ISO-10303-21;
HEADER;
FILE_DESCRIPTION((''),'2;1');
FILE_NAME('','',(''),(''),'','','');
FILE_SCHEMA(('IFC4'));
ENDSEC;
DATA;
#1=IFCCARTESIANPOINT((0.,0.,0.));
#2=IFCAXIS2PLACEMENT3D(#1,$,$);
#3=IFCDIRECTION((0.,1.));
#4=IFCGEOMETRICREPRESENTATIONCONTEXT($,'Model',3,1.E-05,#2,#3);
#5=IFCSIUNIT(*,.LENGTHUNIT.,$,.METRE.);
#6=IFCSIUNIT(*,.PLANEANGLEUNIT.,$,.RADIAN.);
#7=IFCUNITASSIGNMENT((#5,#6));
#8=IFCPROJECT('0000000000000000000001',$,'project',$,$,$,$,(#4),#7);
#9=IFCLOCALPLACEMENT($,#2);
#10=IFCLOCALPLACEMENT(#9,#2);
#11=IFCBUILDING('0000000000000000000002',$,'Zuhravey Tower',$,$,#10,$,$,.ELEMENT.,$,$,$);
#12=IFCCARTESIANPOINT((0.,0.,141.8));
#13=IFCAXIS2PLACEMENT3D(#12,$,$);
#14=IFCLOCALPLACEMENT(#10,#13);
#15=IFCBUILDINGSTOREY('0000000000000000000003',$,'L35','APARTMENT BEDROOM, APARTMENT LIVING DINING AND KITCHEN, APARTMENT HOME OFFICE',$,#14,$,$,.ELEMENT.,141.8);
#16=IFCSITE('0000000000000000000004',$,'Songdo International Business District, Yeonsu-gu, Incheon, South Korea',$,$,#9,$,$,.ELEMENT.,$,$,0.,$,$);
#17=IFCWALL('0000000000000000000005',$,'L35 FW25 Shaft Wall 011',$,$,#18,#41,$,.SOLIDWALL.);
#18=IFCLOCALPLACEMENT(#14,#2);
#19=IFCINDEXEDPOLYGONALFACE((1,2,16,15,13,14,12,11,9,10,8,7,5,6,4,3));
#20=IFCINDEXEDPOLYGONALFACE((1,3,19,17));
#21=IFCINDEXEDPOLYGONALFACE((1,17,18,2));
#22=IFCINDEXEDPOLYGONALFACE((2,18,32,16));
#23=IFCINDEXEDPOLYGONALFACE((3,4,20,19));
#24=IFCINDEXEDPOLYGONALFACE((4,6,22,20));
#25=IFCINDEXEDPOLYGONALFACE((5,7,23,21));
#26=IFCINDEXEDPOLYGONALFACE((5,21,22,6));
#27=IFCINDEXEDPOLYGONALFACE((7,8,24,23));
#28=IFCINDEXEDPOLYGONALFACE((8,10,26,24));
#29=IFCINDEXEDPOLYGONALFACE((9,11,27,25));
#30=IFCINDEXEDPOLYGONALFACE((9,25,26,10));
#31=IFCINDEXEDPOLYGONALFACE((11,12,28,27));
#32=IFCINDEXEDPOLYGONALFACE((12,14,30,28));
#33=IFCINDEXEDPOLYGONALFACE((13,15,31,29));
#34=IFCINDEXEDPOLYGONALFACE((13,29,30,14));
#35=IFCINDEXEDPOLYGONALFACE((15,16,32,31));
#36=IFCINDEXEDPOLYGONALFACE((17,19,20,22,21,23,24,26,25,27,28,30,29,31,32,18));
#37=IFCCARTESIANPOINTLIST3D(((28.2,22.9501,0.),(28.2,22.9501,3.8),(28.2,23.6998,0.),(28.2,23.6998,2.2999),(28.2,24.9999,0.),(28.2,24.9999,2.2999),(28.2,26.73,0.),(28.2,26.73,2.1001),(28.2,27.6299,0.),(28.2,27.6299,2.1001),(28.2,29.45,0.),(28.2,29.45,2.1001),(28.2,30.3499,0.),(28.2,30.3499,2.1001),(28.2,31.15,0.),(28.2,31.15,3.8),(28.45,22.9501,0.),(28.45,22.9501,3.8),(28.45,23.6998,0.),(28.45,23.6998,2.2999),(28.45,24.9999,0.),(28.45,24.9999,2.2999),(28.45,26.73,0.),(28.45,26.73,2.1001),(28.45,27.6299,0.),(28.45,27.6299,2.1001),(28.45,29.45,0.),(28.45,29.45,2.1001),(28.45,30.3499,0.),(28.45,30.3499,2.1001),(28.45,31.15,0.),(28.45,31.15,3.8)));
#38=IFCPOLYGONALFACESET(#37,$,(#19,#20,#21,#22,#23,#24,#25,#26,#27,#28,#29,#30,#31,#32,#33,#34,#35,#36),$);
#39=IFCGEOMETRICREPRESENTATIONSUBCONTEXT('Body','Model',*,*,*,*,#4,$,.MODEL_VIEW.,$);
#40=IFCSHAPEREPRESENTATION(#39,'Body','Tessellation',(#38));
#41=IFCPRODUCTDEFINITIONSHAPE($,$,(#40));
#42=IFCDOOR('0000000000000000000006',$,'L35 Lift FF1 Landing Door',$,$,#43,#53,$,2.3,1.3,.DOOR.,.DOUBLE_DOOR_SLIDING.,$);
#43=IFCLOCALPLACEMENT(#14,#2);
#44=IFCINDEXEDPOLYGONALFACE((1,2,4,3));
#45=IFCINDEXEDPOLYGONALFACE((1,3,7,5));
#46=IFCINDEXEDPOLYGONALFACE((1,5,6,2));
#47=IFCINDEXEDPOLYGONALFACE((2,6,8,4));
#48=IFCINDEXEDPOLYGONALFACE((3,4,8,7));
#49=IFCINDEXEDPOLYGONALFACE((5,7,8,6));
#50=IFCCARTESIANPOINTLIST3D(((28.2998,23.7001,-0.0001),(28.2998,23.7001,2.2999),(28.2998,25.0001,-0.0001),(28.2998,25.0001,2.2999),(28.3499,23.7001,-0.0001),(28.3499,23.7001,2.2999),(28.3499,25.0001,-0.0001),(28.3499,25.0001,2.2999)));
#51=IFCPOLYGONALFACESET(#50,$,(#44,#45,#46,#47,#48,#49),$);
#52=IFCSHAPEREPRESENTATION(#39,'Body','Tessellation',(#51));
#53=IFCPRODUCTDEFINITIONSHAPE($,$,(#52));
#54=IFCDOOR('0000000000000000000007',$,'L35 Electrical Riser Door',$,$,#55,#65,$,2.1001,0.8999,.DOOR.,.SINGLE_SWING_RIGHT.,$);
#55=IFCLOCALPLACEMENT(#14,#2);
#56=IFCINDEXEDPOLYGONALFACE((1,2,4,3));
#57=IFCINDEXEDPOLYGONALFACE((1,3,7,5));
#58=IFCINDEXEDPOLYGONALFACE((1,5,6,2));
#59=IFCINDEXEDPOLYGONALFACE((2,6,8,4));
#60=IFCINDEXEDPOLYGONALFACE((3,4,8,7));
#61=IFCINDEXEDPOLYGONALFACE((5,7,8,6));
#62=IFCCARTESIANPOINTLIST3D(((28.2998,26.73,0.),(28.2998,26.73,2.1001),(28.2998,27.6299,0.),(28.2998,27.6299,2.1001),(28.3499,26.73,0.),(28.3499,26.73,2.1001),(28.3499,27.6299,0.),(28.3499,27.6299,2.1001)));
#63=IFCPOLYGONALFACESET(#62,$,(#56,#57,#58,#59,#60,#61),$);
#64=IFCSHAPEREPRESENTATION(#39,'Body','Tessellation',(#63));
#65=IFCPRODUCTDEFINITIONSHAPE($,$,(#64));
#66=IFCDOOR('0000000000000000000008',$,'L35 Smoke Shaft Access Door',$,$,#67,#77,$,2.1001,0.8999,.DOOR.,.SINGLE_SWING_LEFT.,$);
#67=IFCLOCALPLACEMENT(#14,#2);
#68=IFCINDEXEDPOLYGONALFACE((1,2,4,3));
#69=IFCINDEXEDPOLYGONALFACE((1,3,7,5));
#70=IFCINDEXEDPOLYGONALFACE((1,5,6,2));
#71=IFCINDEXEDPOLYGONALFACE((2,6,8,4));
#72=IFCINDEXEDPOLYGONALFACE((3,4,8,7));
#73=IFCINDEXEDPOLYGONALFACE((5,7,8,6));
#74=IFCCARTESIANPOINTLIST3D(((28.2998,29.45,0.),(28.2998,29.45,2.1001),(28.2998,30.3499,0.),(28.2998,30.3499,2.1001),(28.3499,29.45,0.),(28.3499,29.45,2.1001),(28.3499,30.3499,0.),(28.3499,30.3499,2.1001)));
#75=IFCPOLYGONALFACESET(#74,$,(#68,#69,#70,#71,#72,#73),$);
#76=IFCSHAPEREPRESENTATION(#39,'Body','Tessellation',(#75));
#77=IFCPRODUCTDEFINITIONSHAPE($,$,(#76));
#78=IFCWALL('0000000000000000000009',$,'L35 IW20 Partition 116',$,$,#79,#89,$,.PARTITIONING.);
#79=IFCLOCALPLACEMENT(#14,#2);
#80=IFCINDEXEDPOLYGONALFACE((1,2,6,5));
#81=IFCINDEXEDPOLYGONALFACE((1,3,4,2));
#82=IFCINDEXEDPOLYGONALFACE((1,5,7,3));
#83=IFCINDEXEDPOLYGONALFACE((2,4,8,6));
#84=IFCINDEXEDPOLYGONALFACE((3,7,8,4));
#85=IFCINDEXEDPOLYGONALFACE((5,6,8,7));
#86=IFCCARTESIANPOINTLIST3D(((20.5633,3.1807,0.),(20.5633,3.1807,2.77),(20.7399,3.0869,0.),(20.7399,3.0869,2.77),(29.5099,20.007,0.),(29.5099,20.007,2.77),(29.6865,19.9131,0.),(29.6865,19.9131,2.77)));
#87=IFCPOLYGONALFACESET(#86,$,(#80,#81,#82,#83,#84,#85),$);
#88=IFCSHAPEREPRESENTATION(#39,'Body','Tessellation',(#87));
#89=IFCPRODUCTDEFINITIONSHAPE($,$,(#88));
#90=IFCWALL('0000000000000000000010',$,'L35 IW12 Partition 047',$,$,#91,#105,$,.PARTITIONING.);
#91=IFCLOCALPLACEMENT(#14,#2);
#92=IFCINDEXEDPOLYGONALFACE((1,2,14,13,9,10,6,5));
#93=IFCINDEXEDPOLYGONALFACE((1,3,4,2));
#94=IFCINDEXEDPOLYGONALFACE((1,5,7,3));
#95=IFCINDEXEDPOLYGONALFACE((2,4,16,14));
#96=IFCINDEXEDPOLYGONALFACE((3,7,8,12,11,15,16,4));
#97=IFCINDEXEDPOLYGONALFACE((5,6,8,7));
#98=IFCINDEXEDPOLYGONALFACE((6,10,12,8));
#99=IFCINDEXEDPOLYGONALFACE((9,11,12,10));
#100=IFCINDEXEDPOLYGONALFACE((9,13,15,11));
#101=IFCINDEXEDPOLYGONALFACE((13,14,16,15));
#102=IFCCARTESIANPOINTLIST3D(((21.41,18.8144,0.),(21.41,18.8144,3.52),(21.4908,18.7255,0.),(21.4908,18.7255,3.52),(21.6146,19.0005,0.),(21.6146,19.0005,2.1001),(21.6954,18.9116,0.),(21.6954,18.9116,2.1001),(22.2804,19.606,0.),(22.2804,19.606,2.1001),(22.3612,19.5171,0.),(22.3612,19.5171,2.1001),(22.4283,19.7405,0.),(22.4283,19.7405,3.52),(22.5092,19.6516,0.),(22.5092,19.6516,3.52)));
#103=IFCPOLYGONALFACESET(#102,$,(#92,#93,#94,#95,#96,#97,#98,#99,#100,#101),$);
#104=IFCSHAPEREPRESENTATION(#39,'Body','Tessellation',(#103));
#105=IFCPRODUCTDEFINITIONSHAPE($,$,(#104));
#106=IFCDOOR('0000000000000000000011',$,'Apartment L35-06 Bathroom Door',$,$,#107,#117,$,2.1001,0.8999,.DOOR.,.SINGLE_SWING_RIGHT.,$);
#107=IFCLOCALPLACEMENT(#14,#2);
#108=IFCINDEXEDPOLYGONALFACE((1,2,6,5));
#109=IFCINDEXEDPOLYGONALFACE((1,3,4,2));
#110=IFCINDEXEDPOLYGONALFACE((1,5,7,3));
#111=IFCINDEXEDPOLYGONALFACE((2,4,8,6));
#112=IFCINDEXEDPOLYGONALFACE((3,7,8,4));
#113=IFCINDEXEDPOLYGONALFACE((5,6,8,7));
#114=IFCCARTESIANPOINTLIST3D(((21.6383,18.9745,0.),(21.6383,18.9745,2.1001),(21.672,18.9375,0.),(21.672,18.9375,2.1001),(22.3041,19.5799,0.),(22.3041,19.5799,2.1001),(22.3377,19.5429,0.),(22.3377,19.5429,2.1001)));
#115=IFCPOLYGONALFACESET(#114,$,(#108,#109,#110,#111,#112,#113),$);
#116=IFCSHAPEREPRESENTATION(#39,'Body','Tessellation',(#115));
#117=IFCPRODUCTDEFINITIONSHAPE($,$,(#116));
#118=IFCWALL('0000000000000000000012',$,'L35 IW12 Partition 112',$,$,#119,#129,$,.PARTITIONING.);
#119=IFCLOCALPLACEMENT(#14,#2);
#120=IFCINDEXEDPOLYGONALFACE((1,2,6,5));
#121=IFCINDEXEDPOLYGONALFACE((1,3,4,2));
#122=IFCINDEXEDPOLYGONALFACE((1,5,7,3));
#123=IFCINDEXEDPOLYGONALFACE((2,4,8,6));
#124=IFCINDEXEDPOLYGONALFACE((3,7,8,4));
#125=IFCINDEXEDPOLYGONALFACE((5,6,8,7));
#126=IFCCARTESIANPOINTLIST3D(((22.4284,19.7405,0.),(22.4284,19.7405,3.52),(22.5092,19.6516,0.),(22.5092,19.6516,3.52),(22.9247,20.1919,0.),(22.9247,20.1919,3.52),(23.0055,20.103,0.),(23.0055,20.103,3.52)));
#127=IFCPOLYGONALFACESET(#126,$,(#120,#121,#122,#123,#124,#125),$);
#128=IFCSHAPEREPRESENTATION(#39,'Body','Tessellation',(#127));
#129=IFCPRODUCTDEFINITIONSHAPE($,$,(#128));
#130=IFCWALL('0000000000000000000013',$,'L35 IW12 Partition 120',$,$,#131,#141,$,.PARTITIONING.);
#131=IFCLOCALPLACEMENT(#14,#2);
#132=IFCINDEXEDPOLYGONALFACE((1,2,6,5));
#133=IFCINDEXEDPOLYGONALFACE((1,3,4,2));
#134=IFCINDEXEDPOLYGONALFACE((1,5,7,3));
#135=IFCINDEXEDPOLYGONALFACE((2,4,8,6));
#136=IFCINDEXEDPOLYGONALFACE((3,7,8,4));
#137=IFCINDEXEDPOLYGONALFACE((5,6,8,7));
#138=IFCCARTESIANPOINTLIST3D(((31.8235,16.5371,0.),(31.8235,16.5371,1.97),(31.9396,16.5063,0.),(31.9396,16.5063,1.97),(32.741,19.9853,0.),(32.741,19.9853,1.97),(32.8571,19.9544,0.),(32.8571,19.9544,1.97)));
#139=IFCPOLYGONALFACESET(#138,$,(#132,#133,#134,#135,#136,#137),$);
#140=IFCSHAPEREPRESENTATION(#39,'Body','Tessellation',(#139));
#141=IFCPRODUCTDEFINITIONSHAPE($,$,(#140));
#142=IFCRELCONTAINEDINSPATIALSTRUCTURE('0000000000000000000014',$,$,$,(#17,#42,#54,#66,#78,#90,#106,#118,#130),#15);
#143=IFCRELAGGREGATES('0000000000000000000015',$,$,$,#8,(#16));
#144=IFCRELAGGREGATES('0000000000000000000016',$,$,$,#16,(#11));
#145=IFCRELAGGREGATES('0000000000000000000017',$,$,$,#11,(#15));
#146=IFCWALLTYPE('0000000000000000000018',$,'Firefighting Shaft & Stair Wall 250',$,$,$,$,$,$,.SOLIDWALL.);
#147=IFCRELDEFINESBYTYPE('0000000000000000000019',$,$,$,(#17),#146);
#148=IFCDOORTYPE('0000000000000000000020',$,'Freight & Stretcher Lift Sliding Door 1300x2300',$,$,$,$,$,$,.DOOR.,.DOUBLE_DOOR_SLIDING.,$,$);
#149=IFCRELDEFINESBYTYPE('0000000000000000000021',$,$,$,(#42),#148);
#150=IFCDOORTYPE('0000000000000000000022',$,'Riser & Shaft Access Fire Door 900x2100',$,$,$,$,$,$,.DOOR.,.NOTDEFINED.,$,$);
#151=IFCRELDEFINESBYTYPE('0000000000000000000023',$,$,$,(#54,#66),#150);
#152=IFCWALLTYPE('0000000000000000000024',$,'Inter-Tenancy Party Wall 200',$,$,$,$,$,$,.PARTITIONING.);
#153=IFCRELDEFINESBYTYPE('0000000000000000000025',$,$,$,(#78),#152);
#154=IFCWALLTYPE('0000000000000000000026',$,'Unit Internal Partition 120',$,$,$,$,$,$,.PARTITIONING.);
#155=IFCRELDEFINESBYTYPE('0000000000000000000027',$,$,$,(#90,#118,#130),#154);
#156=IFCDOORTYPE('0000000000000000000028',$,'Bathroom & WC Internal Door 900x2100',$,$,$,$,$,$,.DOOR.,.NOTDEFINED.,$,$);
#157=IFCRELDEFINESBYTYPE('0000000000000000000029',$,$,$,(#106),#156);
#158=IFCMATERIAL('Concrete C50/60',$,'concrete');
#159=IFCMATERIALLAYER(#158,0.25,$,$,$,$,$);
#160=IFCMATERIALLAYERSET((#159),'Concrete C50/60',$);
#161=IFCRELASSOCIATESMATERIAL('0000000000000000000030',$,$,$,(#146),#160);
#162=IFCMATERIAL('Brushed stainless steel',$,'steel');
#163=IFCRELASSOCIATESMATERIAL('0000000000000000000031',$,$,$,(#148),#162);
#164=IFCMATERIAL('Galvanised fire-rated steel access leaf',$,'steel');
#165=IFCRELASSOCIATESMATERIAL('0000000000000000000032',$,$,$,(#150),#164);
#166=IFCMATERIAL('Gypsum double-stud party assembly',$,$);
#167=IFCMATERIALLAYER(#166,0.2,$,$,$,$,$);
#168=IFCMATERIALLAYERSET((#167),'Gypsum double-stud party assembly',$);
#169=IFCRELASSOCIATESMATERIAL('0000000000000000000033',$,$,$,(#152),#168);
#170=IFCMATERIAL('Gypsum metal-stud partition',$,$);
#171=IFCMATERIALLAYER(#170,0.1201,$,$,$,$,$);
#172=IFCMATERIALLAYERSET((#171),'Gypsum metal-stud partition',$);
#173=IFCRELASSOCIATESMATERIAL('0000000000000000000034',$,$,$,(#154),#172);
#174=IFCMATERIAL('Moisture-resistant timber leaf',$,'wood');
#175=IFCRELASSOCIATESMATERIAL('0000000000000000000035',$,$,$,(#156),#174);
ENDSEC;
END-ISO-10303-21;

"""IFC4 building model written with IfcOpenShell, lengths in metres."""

from ifc_helpers import new_model, si_unit, direction, frame, frame_2d, origin, place, context, subcontext, project, spatial, rectangle, extrude, material, layer, layer_set, type_object, element, fill, save


model = new_model("IFC4")

# Units and contexts
model_context = context("Model", 3, precision=1e-05, world=origin(), true_north=direction((0.0, 1.0)))
body_context = subcontext(model_context, "Body", "Model", "MODEL_VIEW")
ifc_project = project(units=[si_unit("LENGTHUNIT", "METRE"), si_unit("PLANEANGLEUNIT", "RADIAN")], contexts=[model_context])

# Site, building, storey
site_placement = place(None, origin())
site = spatial("IfcSite", under=ifc_project, at=site_placement, Name="Songdo International Business District, Yeonsu-gu, Incheon, South Korea", CompositionType="ELEMENT", RefElevation=0.0)
building_placement = place(site_placement, origin())
building = spatial("IfcBuilding", under=site, at=building_placement, Name="Zuhravey Tower", CompositionType="ELEMENT")
storey_placement = place(building_placement, frame((0.0, 0.0, 141.8)))
storey = spatial("IfcBuildingStorey", under=building, at=storey_placement, Name="L35", Description="APARTMENT BEDROOM, APARTMENT LIVING DINING AND KITCHEN, APARTMENT HOME OFFICE", CompositionType="ELEMENT", Elevation=141.8)

# Wall, openings, doors
ifc_material_1 = material(Name="Concrete C50/60", Category="concrete")
ifc_layer_1 = layer(ifc_material_1, 0.25)
ifc_layer_set_1 = layer_set([ifc_layer_1], Name="Concrete C50/60")
wall_type_1 = type_object("IfcWallType", Name="Firefighting Shaft & Stair Wall 250", PredefinedType="SOLIDWALL", material=ifc_layer_set_1)
wall_1_placement = place(storey_placement, frame((28.325, 22.95, 0.0), z_axis=(0.0, 0.0, 1.0), x_axis=(0.0, 1.0, 0.0)))
wall_1 = element("IfcWall", 1, at=wall_1_placement, inside=storey, type_object=wall_type_1, Name="L35 FW25 Shaft Wall 011", PredefinedType="SOLIDWALL", context=body_context, shape_type="SweptSolid", body=[
    extrude(rectangle(XDim=8.2, YDim=0.25, at=frame_2d((4.1001, 0.0))), origin(), (0.0, 0.0, 1.0), 3.8),
])
opening_1_placement = place(wall_1_placement, frame((0.75, 0.0, 0.0)))
opening_1 = element("IfcOpeningElement", 2, at=opening_1_placement, cuts=wall_1, PredefinedType="OPENING", context=body_context, shape_type="SweptSolid", body=[
    extrude(rectangle(XDim=1.3, YDim=2.3, at=frame_2d((0.6499, 1.1499))), frame((0.0, 0.137, 0.0), z_axis=(0.0, -1.0, 0.0), x_axis=(1.0, 0.0, 0.0)), (0.0, 0.0, 1.0), 0.2739),
])
opening_2_placement = place(wall_1_placement, frame((3.78, 0.0, 0.0)))
opening_2 = element("IfcOpeningElement", 3, at=opening_2_placement, cuts=wall_1, PredefinedType="OPENING", context=body_context, shape_type="SweptSolid", body=[
    extrude(rectangle(XDim=0.8999, YDim=2.1001, at=frame_2d((0.45, 1.05))), frame((0.0, 0.137, 0.0), z_axis=(0.0, -1.0, 0.0), x_axis=(1.0, 0.0, 0.0)), (0.0, 0.0, 1.0), 0.2739),
])
opening_3_placement = place(wall_1_placement, frame((6.5, 0.0, 0.0)))
opening_3 = element("IfcOpeningElement", 4, at=opening_3_placement, cuts=wall_1, PredefinedType="OPENING", context=body_context, shape_type="SweptSolid", body=[
    extrude(rectangle(XDim=0.8999, YDim=2.1001, at=frame_2d((0.45, 1.05))), frame((0.0, 0.137, 0.0), z_axis=(0.0, -1.0, 0.0), x_axis=(1.0, 0.0, 0.0)), (0.0, 0.0, 1.0), 0.2739),
])
ifc_material_2 = material(Name="Brushed stainless steel", Category="steel")
door_type_1 = type_object("IfcDoorType", Name="Freight & Stretcher Lift Sliding Door 1300x2300", OperationType="DOUBLE_DOOR_SLIDING", PredefinedType="DOOR", material=ifc_material_2)
door_1_placement = place(opening_1_placement, frame((1.3, 0.0, 0.0), z_axis=(0.0, 0.0, 1.0), x_axis=(-1.0, 0.0, 0.0)))
door_1 = element("IfcDoor", 5, at=door_1_placement, inside=storey, type_object=door_type_1, Name="L35 Lift FF1 Landing Door", OperationType="DOUBLE_DOOR_SLIDING", OverallHeight=2.3, OverallWidth=1.3, PredefinedType="DOOR", context=body_context, shape_type="SweptSolid", body=[
    extrude(rectangle(XDim=1.3, YDim=2.3, at=frame_2d((0.6499, 1.1499))), frame((0.0, 0.0249, 0.0), z_axis=(0.0, -1.0, 0.0), x_axis=(1.0, 0.0, 0.0)), (0.0, 0.0, 1.0), 0.05),
])
fill(opening_1, door_1)
ifc_material_3 = material(Name="Galvanised fire-rated steel access leaf", Category="steel")
door_type_2 = type_object("IfcDoorType", Name="Riser & Shaft Access Fire Door 900x2100", OperationType="NOTDEFINED", PredefinedType="DOOR", material=ifc_material_3)
door_2_placement = place(opening_2_placement, frame((0.8999, 0.0, 0.0), z_axis=(0.0, 0.0, 1.0), x_axis=(-1.0, 0.0, 0.0)))
door_2 = element("IfcDoor", 6, at=door_2_placement, inside=storey, type_object=door_type_2, Name="L35 Electrical Riser Door", OperationType="SINGLE_SWING_RIGHT", OverallHeight=2.1001, OverallWidth=0.8999, PredefinedType="DOOR", context=body_context, shape_type="SweptSolid", body=[
    extrude(rectangle(XDim=0.8999, YDim=2.1001, at=frame_2d((0.45, 1.05))), frame((0.0, 0.0249, 0.0), z_axis=(0.0, -1.0, 0.0), x_axis=(1.0, 0.0, 0.0)), (0.0, 0.0, 1.0), 0.05),
])
fill(opening_2, door_2)
door_3_placement = place(opening_3_placement, frame((0.8999, 0.0, 0.0), z_axis=(0.0, 0.0, 1.0), x_axis=(-1.0, 0.0, 0.0)))
door_3 = element("IfcDoor", 7, at=door_3_placement, inside=storey, type_object=door_type_2, Name="L35 Smoke Shaft Access Door", OperationType="SINGLE_SWING_LEFT", OverallHeight=2.1001, OverallWidth=0.8999, PredefinedType="DOOR", context=body_context, shape_type="SweptSolid", body=[
    extrude(rectangle(XDim=0.8999, YDim=2.1001, at=frame_2d((0.45, 1.05))), frame((0.0, 0.0249, 0.0), z_axis=(0.0, -1.0, 0.0), x_axis=(1.0, 0.0, 0.0)), (0.0, 0.0, 1.0), 0.05),
])
fill(opening_3, door_3)

# Wall
ifc_material_4 = material(Name="Gypsum double-stud party assembly")
ifc_layer_2 = layer(ifc_material_4, 0.2)
ifc_layer_set_2 = layer_set([ifc_layer_2], Name="Gypsum double-stud party assembly")
wall_type_2 = type_object("IfcWallType", Name="Inter-Tenancy Party Wall 200", PredefinedType="PARTITIONING", material=ifc_layer_set_2)
wall_2_placement = place(storey_placement, frame((29.5981, 19.96, 0.0), z_axis=(0.0, 0.0, 1.0), x_axis=(-0.469467, -0.88295, 0.0)))
element("IfcWall", 8, at=wall_2_placement, inside=storey, type_object=wall_type_2, Name="L35 IW20 Partition 116", PredefinedType="PARTITIONING", context=body_context, shape_type="SweptSolid", body=[
    extrude(rectangle(XDim=19.0569, YDim=0.2, at=frame_2d((9.5283, 0.0))), origin(), (0.0, 0.0, 1.0), 2.77),
])

# Wall, opening, door
ifc_material_5 = material(Name="Gypsum metal-stud partition")
ifc_layer_3 = layer(ifc_material_5, 0.1201)
ifc_layer_set_3 = layer_set([ifc_layer_3], Name="Gypsum metal-stud partition")
wall_type_3 = type_object("IfcWallType", Name="Unit Internal Partition 120", PredefinedType="PARTITIONING", material=ifc_layer_set_3)
wall_3_placement = place(storey_placement, frame((22.4688, 19.696, 0.0), z_axis=(0.0, 0.0, 1.0), x_axis=(-0.739836, -0.672788, 0.0)))
wall_3 = element("IfcWall", 9, at=wall_3_placement, inside=storey, type_object=wall_type_3, Name="L35 IW12 Partition 047", PredefinedType="PARTITIONING", context=body_context, shape_type="SweptSolid", body=[
    extrude(rectangle(XDim=1.3765, YDim=0.1201, at=frame_2d((0.6882, 0.0))), origin(), (0.0, 0.0, 1.0), 3.52),
])
opening_4_placement = place(wall_3_placement, frame((0.2, 0.0, 0.0)))
opening_4 = element("IfcOpeningElement", 10, at=opening_4_placement, cuts=wall_3, PredefinedType="OPENING", context=body_context, shape_type="SweptSolid", body=[
    extrude(rectangle(XDim=0.8999, YDim=2.1001, at=frame_2d((0.45, 1.05))), frame((0.0, 0.072, 0.0), z_axis=(0.0, -1.0, 0.0), x_axis=(1.0, 0.0, 0.0)), (0.0, 0.0, 1.0), 0.144),
])
ifc_material_6 = material(Name="Moisture-resistant timber leaf", Category="wood")
door_type_3 = type_object("IfcDoorType", Name="Bathroom & WC Internal Door 900x2100", OperationType="NOTDEFINED", PredefinedType="DOOR", material=ifc_material_6)
door_4_placement = place(opening_4_placement, frame((0.8999, 0.0, 0.0), z_axis=(0.0, 0.0, 1.0), x_axis=(-1.0, 0.0, 0.0)))
door_4 = element("IfcDoor", 11, at=door_4_placement, inside=storey, type_object=door_type_3, Name="Apartment L35-06 Bathroom Door", OperationType="SINGLE_SWING_RIGHT", OverallHeight=2.1001, OverallWidth=0.8999, PredefinedType="DOOR", context=body_context, shape_type="SweptSolid", body=[
    extrude(rectangle(XDim=0.8999, YDim=2.1001, at=frame_2d((0.45, 1.05))), frame((0.0, 0.0249, 0.0), z_axis=(0.0, -1.0, 0.0), x_axis=(1.0, 0.0, 0.0)), (0.0, 0.0, 1.0), 0.05),
])
fill(opening_4, door_4)

# Walls
wall_4_placement = place(storey_placement, frame((22.9651, 20.1475, 0.0), z_axis=(0.0, 0.0, 1.0), x_axis=(-0.739792, -0.672836, 0.0)))
element("IfcWall", 12, at=wall_4_placement, inside=storey, type_object=wall_type_3, Name="L35 IW12 Partition 112", PredefinedType="PARTITIONING", context=body_context, shape_type="SweptSolid", body=[
    extrude(rectangle(XDim=0.6709, YDim=0.1201, at=frame_2d((0.3354, 0.0))), origin(), (0.0, 0.0, 1.0), 3.52),
])
wall_5_placement = place(storey_placement, frame((32.7991, 19.97, 0.0), z_axis=(0.0, 0.0, 1.0), x_axis=(-0.257126, -0.966378, 0.0)))
element("IfcWall", 13, at=wall_5_placement, inside=storey, type_object=wall_type_3, Name="L35 IW12 Partition 120", PredefinedType="PARTITIONING", context=body_context, shape_type="SweptSolid", body=[
    extrude(rectangle(XDim=3.5681, YDim=0.1201, at=frame_2d((1.7842, 0.0))), origin(), (0.0, 0.0, 1.0), 1.97),
])

save(model, "model.ifc")
